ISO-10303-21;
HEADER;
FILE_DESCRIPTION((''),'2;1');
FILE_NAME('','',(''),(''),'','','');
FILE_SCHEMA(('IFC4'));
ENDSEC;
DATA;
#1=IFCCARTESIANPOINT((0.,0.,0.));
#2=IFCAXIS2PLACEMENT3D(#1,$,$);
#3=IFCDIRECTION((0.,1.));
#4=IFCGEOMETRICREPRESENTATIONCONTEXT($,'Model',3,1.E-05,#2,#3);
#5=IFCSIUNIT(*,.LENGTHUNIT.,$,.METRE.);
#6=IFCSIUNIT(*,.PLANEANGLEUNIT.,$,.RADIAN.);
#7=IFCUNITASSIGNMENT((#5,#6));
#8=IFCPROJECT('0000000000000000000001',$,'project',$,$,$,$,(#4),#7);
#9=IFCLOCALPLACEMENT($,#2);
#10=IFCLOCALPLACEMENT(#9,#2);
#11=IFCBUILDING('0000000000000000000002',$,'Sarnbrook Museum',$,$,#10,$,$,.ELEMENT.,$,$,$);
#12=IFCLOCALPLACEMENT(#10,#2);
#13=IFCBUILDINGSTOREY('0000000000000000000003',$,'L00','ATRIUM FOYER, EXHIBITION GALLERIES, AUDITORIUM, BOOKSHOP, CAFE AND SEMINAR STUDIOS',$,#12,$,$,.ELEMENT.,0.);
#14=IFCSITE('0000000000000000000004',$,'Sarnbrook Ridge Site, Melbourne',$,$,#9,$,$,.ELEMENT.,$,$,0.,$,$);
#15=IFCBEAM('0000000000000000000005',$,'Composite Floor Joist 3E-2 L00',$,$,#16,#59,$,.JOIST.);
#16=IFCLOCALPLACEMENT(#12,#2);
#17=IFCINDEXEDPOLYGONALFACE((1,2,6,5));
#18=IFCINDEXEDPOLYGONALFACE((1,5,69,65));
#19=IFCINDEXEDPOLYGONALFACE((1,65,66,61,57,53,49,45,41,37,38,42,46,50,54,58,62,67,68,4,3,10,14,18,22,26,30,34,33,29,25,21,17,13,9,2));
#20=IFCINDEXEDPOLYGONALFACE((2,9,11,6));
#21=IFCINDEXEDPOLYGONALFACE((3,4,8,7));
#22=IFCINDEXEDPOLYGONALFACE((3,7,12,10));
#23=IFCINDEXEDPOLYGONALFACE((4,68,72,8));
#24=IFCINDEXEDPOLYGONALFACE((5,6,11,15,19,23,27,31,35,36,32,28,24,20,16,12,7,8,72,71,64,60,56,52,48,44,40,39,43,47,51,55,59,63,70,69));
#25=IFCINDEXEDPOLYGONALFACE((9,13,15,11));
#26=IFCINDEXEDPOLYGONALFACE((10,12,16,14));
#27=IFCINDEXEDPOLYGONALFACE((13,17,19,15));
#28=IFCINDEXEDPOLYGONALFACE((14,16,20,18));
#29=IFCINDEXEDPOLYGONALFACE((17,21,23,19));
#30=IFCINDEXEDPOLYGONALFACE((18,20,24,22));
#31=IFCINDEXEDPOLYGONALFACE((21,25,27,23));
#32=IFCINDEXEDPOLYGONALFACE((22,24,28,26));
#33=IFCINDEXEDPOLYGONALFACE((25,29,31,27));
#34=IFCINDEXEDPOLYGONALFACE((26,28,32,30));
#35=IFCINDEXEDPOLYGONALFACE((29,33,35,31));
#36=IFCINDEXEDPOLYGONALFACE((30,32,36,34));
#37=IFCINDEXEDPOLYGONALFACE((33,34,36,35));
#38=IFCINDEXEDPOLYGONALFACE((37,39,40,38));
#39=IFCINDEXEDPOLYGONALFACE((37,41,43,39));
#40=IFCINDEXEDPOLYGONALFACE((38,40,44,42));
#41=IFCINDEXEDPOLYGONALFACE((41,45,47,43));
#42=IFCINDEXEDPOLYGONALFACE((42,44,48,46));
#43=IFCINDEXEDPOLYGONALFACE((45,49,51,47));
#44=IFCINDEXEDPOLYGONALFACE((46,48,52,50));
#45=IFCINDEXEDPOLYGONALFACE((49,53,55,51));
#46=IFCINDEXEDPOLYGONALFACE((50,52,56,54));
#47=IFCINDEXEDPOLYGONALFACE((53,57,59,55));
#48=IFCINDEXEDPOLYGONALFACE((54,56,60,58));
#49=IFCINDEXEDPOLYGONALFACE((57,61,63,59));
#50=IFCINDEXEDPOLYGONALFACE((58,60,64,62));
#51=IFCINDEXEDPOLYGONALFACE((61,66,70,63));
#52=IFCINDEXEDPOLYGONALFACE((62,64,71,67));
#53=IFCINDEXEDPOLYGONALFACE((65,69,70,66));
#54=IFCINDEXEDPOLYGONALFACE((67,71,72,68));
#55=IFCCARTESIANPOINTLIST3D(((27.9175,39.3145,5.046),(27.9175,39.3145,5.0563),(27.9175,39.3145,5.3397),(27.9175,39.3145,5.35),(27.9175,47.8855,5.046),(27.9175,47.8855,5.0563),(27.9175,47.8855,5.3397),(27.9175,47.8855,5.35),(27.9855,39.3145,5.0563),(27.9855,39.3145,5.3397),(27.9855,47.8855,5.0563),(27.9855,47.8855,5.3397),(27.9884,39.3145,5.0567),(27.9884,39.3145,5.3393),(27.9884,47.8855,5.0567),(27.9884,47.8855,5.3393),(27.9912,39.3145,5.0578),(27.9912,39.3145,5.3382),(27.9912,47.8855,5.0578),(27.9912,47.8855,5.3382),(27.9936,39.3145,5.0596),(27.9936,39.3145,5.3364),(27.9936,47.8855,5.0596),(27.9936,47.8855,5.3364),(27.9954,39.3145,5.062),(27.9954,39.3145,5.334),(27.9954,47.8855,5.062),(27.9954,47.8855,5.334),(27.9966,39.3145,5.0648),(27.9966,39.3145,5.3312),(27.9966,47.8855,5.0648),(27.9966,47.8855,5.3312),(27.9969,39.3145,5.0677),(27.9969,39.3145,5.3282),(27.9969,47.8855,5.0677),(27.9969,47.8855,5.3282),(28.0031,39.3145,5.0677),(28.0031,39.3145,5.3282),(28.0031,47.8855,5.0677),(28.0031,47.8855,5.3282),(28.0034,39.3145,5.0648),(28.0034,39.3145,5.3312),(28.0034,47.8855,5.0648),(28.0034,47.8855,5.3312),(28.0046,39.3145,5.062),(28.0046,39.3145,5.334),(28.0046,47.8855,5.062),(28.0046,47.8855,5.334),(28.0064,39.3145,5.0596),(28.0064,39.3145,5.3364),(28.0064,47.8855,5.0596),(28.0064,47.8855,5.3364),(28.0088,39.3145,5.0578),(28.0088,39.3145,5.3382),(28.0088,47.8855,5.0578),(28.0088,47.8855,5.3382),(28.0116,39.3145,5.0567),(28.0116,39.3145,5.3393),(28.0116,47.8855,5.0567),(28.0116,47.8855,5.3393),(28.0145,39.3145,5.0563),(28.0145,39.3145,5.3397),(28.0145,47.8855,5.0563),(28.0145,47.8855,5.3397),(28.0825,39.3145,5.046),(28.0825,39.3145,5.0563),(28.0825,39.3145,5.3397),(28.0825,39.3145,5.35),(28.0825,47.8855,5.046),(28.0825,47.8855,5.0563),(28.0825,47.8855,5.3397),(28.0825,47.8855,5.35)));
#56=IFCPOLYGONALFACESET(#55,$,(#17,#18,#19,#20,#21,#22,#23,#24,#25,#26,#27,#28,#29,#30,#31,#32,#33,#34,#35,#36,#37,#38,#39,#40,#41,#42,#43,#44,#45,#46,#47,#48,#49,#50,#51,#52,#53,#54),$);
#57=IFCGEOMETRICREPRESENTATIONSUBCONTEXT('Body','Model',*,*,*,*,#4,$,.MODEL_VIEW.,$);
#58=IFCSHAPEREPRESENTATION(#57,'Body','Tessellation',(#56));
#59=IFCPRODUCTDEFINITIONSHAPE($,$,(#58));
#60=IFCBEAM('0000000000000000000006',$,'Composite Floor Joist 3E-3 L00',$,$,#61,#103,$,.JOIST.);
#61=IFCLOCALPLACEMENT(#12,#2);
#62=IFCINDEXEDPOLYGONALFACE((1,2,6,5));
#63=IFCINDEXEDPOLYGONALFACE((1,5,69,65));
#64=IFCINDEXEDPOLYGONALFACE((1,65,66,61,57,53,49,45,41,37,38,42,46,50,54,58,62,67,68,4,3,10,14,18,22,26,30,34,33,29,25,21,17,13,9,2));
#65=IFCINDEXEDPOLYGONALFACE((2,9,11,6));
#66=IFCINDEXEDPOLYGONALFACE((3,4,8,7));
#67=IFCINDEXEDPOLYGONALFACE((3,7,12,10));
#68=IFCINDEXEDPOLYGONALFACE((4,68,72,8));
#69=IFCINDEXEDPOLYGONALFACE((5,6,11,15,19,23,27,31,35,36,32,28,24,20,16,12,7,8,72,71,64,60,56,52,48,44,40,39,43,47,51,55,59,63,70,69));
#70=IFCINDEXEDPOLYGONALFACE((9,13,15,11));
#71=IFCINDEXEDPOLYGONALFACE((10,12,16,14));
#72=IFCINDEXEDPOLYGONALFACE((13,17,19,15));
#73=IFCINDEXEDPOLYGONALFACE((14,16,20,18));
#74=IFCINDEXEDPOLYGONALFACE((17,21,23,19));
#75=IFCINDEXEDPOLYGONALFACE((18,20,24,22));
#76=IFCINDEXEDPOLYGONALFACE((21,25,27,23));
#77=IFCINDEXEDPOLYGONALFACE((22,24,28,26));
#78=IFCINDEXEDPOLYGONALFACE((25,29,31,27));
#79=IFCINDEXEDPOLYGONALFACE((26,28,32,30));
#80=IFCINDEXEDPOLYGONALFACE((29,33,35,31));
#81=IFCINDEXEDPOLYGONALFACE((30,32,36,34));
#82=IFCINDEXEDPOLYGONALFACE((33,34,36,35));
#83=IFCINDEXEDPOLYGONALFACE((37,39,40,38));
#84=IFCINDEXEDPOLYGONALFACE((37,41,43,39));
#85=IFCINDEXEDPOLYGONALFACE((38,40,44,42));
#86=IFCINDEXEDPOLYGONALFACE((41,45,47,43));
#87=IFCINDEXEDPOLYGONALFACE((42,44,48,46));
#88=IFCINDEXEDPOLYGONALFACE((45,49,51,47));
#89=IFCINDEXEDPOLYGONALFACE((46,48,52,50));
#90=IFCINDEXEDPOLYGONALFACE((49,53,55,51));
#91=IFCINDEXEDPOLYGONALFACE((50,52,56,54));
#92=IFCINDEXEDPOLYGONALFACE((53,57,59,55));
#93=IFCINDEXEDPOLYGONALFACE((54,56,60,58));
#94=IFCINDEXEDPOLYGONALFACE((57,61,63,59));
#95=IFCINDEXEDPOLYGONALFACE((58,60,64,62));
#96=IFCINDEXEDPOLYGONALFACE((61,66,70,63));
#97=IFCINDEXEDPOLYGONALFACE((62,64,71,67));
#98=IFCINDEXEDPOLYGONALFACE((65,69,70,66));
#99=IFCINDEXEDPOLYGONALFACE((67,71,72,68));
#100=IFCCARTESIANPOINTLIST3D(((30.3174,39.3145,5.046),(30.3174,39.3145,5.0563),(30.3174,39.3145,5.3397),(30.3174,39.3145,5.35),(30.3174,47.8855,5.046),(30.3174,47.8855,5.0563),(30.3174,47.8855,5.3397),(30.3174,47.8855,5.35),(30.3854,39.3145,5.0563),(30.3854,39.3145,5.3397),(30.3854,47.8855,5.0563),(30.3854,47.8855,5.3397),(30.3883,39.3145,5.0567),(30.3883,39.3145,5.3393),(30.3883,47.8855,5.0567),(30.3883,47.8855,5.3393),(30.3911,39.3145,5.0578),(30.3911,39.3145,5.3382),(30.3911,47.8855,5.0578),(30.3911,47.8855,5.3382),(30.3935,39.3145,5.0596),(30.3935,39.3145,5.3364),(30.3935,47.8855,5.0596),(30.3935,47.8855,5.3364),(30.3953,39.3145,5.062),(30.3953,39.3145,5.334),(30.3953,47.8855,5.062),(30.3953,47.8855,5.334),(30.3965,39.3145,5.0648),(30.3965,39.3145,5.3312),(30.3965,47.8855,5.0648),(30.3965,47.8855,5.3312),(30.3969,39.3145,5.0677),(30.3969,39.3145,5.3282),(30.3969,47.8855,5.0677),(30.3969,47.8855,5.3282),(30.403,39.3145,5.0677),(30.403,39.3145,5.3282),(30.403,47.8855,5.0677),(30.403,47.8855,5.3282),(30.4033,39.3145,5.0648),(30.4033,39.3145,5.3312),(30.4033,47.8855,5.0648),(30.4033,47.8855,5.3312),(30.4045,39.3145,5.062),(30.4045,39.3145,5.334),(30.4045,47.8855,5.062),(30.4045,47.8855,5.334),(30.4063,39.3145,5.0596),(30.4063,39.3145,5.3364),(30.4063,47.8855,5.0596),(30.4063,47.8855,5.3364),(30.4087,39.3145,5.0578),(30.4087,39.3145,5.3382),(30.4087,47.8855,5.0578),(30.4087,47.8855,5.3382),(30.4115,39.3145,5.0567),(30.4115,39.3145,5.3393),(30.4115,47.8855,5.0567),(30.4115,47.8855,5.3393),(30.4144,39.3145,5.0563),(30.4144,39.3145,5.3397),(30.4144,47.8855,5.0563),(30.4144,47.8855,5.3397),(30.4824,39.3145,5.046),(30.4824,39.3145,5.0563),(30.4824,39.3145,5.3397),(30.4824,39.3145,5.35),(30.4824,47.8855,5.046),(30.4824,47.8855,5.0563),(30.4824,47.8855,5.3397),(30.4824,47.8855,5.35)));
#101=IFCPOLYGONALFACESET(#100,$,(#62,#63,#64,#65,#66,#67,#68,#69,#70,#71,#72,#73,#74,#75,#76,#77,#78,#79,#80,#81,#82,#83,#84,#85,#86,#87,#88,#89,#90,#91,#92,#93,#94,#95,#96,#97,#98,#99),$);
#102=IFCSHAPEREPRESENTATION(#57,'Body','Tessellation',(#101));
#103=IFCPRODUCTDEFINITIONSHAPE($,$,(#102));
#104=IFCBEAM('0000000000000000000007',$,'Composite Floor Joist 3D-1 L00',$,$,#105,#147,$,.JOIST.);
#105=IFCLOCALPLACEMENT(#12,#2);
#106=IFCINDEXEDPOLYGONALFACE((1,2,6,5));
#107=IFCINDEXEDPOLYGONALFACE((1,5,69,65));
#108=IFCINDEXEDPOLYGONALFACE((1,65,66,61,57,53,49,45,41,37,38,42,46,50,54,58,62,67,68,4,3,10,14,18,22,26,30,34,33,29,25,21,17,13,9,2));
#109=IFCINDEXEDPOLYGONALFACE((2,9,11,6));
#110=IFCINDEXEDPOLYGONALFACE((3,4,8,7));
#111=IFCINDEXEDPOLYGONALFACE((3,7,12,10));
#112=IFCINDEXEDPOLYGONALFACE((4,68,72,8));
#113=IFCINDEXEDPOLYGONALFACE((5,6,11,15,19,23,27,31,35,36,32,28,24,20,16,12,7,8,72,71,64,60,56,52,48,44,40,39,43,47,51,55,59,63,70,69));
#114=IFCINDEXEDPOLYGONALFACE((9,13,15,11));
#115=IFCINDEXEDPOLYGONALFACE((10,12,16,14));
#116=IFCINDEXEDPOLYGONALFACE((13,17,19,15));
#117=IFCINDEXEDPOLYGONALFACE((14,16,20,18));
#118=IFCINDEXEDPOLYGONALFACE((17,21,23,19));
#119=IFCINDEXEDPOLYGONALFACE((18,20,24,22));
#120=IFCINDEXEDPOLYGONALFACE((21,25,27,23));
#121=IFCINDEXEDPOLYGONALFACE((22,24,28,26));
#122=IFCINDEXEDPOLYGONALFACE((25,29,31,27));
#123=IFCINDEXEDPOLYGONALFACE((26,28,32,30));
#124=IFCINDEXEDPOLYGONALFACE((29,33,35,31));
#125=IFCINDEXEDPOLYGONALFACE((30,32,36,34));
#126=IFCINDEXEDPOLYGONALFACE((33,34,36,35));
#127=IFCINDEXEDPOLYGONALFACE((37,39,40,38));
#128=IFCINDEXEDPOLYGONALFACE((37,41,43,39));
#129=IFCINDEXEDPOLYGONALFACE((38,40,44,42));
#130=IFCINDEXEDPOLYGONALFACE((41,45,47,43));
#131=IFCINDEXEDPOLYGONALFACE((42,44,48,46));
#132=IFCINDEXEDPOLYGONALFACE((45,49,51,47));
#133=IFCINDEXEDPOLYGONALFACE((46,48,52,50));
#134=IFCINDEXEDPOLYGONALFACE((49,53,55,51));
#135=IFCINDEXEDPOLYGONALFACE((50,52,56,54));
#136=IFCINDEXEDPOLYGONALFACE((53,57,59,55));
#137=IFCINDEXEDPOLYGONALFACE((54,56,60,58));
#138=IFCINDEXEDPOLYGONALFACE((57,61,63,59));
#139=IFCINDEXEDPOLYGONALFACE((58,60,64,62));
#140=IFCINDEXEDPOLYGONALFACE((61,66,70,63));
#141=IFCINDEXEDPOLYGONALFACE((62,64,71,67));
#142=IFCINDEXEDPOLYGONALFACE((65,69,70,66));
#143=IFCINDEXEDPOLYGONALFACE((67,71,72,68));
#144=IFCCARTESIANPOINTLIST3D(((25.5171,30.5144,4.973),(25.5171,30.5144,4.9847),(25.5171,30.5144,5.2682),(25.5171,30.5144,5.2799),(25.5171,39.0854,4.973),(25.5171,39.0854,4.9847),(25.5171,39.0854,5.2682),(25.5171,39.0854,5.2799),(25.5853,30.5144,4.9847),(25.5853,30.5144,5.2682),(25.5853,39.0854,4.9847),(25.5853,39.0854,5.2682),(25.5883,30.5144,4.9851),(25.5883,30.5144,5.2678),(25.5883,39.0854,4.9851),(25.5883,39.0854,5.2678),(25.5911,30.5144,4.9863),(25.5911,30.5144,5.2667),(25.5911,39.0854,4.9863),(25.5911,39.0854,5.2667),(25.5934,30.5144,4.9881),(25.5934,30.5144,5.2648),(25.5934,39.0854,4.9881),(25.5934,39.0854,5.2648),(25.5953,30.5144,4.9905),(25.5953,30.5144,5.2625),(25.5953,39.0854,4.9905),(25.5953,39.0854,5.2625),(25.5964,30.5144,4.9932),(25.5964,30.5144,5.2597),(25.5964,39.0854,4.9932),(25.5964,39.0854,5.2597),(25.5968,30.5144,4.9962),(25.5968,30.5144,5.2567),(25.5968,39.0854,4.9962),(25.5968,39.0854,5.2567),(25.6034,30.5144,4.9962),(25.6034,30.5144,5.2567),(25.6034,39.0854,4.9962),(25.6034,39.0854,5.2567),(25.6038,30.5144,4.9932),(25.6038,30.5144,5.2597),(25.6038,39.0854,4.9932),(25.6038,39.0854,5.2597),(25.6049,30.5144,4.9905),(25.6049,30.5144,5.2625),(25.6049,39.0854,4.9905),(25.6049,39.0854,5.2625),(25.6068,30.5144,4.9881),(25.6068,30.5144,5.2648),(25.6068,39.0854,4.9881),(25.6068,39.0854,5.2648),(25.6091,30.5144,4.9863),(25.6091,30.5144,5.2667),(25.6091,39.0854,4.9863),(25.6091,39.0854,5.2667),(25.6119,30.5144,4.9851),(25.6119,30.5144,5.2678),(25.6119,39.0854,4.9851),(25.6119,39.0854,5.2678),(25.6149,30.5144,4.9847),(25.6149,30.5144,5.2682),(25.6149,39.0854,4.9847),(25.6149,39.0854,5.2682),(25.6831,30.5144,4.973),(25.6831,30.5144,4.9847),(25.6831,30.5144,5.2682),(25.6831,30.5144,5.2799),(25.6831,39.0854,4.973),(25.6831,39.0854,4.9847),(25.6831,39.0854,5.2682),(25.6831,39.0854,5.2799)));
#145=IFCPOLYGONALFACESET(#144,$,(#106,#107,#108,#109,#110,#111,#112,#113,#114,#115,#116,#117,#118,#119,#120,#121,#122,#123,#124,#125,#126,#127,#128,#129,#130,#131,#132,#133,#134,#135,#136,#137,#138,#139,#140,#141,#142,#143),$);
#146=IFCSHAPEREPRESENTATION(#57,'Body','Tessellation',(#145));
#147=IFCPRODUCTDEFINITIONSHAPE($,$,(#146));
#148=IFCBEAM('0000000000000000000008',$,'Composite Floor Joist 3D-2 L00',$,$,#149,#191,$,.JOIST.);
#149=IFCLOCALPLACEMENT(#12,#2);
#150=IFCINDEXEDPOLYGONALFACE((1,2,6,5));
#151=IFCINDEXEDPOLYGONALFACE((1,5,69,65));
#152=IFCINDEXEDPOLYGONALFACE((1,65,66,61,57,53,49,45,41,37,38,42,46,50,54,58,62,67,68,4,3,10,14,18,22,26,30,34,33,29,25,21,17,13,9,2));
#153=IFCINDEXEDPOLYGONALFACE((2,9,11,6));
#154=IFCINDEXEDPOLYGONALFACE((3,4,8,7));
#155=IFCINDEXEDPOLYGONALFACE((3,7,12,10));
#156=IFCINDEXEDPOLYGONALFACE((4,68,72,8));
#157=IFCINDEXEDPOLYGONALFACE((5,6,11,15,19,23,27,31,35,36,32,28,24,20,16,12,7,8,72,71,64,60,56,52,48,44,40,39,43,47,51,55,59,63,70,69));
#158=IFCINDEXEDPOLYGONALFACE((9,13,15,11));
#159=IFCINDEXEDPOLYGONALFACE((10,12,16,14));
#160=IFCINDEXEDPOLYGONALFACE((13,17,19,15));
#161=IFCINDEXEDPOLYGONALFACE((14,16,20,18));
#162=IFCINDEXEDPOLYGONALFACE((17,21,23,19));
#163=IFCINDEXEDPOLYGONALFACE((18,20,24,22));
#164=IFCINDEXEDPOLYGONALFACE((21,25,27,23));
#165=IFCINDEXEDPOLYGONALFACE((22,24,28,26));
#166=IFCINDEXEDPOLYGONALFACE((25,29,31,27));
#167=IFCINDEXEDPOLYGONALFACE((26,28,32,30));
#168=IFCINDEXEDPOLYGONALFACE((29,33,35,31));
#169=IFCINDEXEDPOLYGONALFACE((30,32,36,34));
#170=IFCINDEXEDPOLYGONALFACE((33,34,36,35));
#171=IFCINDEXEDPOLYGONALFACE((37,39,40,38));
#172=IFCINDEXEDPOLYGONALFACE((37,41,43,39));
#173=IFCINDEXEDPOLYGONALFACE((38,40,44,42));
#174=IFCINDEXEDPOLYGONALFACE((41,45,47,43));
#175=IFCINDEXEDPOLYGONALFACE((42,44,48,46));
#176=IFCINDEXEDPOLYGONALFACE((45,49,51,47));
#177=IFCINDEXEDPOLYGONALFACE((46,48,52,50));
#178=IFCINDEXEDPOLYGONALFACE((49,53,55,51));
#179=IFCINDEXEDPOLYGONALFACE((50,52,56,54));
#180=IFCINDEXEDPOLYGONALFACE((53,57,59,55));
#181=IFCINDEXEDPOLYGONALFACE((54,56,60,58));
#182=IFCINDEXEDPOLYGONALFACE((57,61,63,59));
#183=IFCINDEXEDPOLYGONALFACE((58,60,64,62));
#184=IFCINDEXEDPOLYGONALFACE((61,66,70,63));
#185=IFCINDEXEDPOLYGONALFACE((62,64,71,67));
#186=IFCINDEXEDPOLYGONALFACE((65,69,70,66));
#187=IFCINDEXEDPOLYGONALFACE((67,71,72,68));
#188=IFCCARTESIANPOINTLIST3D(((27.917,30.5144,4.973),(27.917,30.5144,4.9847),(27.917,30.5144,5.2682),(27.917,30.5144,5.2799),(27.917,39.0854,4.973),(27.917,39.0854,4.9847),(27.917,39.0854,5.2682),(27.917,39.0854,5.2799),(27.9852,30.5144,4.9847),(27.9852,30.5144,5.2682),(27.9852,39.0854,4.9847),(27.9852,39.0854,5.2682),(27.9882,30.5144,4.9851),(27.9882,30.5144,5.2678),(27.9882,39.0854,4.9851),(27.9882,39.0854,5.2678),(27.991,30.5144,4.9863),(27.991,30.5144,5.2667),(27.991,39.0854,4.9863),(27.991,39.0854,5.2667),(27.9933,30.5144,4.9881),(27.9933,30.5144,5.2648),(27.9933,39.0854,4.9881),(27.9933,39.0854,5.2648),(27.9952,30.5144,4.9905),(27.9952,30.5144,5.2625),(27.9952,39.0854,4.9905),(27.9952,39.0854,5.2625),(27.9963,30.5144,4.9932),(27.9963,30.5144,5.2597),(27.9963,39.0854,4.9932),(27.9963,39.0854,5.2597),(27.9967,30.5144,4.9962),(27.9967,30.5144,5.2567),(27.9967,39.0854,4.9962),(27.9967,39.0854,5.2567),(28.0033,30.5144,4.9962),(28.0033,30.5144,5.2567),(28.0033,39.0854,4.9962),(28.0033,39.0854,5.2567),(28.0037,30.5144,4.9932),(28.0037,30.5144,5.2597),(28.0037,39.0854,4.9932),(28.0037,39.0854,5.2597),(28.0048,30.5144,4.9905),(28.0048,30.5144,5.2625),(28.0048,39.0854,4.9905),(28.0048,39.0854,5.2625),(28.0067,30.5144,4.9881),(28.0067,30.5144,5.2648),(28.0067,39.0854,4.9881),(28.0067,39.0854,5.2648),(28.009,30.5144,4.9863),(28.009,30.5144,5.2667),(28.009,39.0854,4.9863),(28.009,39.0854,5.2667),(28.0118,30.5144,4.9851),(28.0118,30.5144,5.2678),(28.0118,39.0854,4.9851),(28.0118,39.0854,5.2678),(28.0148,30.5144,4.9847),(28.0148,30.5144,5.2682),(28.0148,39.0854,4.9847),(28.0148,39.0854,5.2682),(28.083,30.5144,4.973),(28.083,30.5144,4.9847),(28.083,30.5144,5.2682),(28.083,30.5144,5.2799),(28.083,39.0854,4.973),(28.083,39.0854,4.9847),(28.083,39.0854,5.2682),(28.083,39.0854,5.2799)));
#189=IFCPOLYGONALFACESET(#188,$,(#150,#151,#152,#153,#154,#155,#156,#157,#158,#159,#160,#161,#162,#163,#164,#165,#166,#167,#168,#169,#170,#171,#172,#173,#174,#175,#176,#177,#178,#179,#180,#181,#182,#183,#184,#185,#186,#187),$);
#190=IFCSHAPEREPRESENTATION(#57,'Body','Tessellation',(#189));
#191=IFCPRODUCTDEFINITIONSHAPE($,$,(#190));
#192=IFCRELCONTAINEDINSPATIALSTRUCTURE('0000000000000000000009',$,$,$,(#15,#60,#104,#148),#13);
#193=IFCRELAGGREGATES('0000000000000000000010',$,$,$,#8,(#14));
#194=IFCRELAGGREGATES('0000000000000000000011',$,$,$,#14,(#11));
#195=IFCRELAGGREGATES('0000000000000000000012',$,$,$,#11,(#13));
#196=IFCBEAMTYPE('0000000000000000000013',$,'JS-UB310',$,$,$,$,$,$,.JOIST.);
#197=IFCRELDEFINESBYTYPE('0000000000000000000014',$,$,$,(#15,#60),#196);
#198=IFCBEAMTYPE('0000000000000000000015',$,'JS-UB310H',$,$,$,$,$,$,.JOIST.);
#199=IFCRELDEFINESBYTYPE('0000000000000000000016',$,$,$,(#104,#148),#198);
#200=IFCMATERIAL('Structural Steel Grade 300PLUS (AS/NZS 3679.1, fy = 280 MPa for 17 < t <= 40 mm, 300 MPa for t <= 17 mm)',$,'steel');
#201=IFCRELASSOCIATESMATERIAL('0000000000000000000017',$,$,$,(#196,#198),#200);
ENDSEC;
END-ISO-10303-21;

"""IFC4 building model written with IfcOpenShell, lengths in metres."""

from ifc_helpers import new_model, si_unit, direction, frame, origin, origin_2d, place, context, subcontext, project, spatial, i_section, extrude, material, material_profile, profile_set, type_object, element, save


model = new_model("IFC4")

# Units and contexts
model_context = context("Model", 3, precision=1e-05, world=origin(), true_north=direction((0.0, 1.0)))
body_context = subcontext(model_context, "Body", "Model", "MODEL_VIEW")
ifc_project = project(units=[si_unit("LENGTHUNIT", "METRE"), si_unit("PLANEANGLEUNIT", "RADIAN")], contexts=[model_context])

# Site, building, storey
site_placement = place(None, origin())
site = spatial("IfcSite", under=ifc_project, at=site_placement, Name="Sarnbrook Ridge Site, Melbourne", CompositionType="ELEMENT", RefElevation=0.0)
building_placement = place(site_placement, origin())
building = spatial("IfcBuilding", under=site, at=building_placement, Name="Sarnbrook Museum", CompositionType="ELEMENT")
storey_placement = place(building_placement, origin())
storey = spatial("IfcBuildingStorey", under=building, at=storey_placement, Name="L00", Description="ATRIUM FOYER, EXHIBITION GALLERIES, AUDITORIUM, BOOKSHOP, CAFE AND SEMINAR STUDIOS", CompositionType="ELEMENT", Elevation=0.0)

# Shared definitions
ifc_material_1 = material(Name="Structural Steel Grade 300PLUS (AS/NZS 3679.1, fy = 280 MPa for 17 < t <= 40 mm, 300 MPa for t <= 17 mm)", Category="steel")

# Beams
ifc_material_profile_1 = material_profile(ifc_material_1, i_section(OverallWidth=0.165, OverallDepth=0.304, WebThickness=0.0061, FlangeThickness=0.0103, FilletRadius=0.0115, at=origin_2d()), Name="310UB40.4")
ifc_profile_set_1 = profile_set([ifc_material_profile_1], Name="Structural Steel Grade 300PLUS (AS/NZS 3679.1, fy = 280 MPa for 17 < t <= 40 mm, 300 MPa for t <= 17 mm)")
beam_type_1 = type_object("IfcBeamType", Name="JS-UB310", PredefinedType="JOIST", material=ifc_profile_set_1)
for number, where, z_axis, x_axis, name in (
    (1, (28.0, 39.3145, 5.198), (0.0, 1.0, 0.0), (-1.0, 0.0, 0.0), "Composite Floor Joist 3E-2 L00"),
    (2, (30.3999, 39.3145, 5.198), (0.0, 1.0, 0.0), (-1.0, 0.0, 0.0), "Composite Floor Joist 3E-3 L00"),
):
    element("IfcBeam", number, at=place(storey_placement, frame(where, z_axis=z_axis, x_axis=x_axis)), inside=storey, type_object=beam_type_1, Name=name, PredefinedType="JOIST", context=body_context, shape_type="SweptSolid", body=[
        extrude(i_section(OverallWidth=0.165, OverallDepth=0.304, WebThickness=0.0061, FlangeThickness=0.0103, FilletRadius=0.0115, at=origin_2d()), origin(), (0.0, 0.0, 1.0), 8.571),
    ])
ifc_material_profile_2 = material_profile(ifc_material_1, i_section(OverallWidth=0.166, OverallDepth=0.3069, WebThickness=0.0066, FlangeThickness=0.0117, FilletRadius=0.0115, at=origin_2d()), Name="310UB46.2")
ifc_profile_set_2 = profile_set([ifc_material_profile_2], Name="Structural Steel Grade 300PLUS (AS/NZS 3679.1, fy = 280 MPa for 17 < t <= 40 mm, 300 MPa for t <= 17 mm)")
beam_type_2 = type_object("IfcBeamType", Name="JS-UB310H", PredefinedType="JOIST", material=ifc_profile_set_2)
for number, where, z_axis, x_axis, name in (
    (3, (25.6001, 30.5144, 5.1265), (0.0, 1.0, 0.0), (-1.0, 0.0, 0.0), "Composite Floor Joist 3D-1 L00"),
    (4, (28.0, 30.5144, 5.1265), (0.0, 1.0, 0.0), (-1.0, 0.0, 0.0), "Composite Floor Joist 3D-2 L00"),
):
    element("IfcBeam", number, at=place(storey_placement, frame(where, z_axis=z_axis, x_axis=x_axis)), inside=storey, type_object=beam_type_2, Name=name, PredefinedType="JOIST", context=body_context, shape_type="SweptSolid", body=[
        extrude(i_section(OverallWidth=0.166, OverallDepth=0.3069, WebThickness=0.0066, FlangeThickness=0.0117, FilletRadius=0.0115, at=origin_2d()), origin(), (0.0, 0.0, 1.0), 8.571),
    ])

save(model, "model.ifc")
